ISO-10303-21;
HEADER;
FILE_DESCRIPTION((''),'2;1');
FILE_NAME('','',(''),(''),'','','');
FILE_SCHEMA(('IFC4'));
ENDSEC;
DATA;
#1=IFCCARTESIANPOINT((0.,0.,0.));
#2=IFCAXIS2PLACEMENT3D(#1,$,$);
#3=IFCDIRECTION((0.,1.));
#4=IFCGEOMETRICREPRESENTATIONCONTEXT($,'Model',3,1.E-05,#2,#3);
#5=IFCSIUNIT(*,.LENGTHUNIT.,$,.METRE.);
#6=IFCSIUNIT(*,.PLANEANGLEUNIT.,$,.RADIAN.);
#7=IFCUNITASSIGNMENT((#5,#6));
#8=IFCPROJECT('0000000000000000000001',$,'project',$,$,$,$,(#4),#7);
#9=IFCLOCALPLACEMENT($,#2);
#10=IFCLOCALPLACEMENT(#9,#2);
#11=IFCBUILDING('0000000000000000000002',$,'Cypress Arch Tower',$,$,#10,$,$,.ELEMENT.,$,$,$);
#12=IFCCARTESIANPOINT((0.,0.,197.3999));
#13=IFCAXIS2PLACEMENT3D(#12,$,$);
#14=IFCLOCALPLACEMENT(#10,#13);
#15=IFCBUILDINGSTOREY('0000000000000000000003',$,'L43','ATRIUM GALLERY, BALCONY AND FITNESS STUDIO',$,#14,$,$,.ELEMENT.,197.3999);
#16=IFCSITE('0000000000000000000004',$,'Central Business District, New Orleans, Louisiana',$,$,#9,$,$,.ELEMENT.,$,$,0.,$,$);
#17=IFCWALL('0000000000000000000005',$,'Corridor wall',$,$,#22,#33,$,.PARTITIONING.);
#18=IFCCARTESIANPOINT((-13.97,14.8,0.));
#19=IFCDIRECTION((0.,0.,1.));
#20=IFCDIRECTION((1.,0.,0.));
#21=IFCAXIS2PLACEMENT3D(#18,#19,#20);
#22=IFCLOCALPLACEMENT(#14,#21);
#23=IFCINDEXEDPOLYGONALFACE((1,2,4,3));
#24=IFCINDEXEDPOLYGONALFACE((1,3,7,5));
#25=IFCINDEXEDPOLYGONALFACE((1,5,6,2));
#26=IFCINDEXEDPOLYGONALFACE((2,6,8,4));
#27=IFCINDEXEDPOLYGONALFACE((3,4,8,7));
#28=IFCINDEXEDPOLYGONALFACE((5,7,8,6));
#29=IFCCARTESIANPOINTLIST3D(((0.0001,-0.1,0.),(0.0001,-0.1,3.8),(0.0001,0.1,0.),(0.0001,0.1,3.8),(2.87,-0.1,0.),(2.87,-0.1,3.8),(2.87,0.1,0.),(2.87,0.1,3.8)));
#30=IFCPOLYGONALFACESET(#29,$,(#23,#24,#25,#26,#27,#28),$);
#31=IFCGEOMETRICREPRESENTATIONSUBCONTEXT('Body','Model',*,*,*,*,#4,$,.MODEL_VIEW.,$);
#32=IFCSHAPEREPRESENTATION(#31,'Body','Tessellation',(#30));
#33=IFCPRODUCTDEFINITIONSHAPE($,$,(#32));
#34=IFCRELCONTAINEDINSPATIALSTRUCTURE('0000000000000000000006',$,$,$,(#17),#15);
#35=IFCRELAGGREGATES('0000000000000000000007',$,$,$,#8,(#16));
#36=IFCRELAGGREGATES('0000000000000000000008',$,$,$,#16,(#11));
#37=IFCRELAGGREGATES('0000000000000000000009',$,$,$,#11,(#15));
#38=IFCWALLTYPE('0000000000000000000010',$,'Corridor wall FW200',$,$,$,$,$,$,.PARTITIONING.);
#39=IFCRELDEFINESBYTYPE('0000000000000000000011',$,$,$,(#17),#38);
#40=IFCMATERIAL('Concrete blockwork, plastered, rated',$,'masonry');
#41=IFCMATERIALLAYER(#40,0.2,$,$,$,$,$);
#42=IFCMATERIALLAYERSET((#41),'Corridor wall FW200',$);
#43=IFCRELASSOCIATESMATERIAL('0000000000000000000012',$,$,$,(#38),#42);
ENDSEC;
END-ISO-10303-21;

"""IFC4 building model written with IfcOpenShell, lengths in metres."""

from ifc_helpers import new_model, si_unit, direction, frame, frame_2d, origin, place, context, subcontext, project, spatial, rectangle, extrude, material, layer, layer_set, type_object, element, save


model = new_model("IFC4")

# Units and contexts
model_context = context("Model", 3, precision=1e-05, world=origin(), true_north=direction((0.0, 1.0)))
body_context = subcontext(model_context, "Body", "Model", "MODEL_VIEW")
ifc_project = project(units=[si_unit("LENGTHUNIT", "METRE"), si_unit("PLANEANGLEUNIT", "RADIAN")], contexts=[model_context])

# Site, building, storey
site_placement = place(None, origin())
site = spatial("IfcSite", under=ifc_project, at=site_placement, Name="Central Business District, New Orleans, Louisiana", CompositionType="ELEMENT", RefElevation=0.0)
building_placement = place(site_placement, origin())
building = spatial("IfcBuilding", under=site, at=building_placement, Name="Cypress Arch Tower", CompositionType="ELEMENT")
storey_placement = place(building_placement, frame((0.0, 0.0, 197.3999)))
storey = spatial("IfcBuildingStorey", under=building, at=storey_placement, Name="L43", Description="ATRIUM GALLERY, BALCONY AND FITNESS STUDIO", CompositionType="ELEMENT", Elevation=197.3999)

# Wall
ifc_material_1 = material(Name="Concrete blockwork, plastered, rated", Category="masonry")
ifc_layer_1 = layer(ifc_material_1, 0.2)
ifc_layer_set_1 = layer_set([ifc_layer_1], Name="Corridor wall FW200")
wall_type_1 = type_object("IfcWallType", Name="Corridor wall FW200", PredefinedType="PARTITIONING", material=ifc_layer_set_1)
wall_1_placement = place(storey_placement, frame((-13.97, 14.8, 0.0), z_axis=(0.0, 0.0, 1.0), x_axis=(1.0, 0.0, 0.0)))
element("IfcWall", 1, at=wall_1_placement, inside=storey, type_object=wall_type_1, Name="Corridor wall", PredefinedType="PARTITIONING", context=body_context, shape_type="SweptSolid", body=[
    extrude(rectangle(XDim=2.8699, YDim=0.2, at=frame_2d((1.4351, 0.0))), origin(), (0.0, 0.0, 1.0), 3.8),
])

save(model, "model.ifc")
